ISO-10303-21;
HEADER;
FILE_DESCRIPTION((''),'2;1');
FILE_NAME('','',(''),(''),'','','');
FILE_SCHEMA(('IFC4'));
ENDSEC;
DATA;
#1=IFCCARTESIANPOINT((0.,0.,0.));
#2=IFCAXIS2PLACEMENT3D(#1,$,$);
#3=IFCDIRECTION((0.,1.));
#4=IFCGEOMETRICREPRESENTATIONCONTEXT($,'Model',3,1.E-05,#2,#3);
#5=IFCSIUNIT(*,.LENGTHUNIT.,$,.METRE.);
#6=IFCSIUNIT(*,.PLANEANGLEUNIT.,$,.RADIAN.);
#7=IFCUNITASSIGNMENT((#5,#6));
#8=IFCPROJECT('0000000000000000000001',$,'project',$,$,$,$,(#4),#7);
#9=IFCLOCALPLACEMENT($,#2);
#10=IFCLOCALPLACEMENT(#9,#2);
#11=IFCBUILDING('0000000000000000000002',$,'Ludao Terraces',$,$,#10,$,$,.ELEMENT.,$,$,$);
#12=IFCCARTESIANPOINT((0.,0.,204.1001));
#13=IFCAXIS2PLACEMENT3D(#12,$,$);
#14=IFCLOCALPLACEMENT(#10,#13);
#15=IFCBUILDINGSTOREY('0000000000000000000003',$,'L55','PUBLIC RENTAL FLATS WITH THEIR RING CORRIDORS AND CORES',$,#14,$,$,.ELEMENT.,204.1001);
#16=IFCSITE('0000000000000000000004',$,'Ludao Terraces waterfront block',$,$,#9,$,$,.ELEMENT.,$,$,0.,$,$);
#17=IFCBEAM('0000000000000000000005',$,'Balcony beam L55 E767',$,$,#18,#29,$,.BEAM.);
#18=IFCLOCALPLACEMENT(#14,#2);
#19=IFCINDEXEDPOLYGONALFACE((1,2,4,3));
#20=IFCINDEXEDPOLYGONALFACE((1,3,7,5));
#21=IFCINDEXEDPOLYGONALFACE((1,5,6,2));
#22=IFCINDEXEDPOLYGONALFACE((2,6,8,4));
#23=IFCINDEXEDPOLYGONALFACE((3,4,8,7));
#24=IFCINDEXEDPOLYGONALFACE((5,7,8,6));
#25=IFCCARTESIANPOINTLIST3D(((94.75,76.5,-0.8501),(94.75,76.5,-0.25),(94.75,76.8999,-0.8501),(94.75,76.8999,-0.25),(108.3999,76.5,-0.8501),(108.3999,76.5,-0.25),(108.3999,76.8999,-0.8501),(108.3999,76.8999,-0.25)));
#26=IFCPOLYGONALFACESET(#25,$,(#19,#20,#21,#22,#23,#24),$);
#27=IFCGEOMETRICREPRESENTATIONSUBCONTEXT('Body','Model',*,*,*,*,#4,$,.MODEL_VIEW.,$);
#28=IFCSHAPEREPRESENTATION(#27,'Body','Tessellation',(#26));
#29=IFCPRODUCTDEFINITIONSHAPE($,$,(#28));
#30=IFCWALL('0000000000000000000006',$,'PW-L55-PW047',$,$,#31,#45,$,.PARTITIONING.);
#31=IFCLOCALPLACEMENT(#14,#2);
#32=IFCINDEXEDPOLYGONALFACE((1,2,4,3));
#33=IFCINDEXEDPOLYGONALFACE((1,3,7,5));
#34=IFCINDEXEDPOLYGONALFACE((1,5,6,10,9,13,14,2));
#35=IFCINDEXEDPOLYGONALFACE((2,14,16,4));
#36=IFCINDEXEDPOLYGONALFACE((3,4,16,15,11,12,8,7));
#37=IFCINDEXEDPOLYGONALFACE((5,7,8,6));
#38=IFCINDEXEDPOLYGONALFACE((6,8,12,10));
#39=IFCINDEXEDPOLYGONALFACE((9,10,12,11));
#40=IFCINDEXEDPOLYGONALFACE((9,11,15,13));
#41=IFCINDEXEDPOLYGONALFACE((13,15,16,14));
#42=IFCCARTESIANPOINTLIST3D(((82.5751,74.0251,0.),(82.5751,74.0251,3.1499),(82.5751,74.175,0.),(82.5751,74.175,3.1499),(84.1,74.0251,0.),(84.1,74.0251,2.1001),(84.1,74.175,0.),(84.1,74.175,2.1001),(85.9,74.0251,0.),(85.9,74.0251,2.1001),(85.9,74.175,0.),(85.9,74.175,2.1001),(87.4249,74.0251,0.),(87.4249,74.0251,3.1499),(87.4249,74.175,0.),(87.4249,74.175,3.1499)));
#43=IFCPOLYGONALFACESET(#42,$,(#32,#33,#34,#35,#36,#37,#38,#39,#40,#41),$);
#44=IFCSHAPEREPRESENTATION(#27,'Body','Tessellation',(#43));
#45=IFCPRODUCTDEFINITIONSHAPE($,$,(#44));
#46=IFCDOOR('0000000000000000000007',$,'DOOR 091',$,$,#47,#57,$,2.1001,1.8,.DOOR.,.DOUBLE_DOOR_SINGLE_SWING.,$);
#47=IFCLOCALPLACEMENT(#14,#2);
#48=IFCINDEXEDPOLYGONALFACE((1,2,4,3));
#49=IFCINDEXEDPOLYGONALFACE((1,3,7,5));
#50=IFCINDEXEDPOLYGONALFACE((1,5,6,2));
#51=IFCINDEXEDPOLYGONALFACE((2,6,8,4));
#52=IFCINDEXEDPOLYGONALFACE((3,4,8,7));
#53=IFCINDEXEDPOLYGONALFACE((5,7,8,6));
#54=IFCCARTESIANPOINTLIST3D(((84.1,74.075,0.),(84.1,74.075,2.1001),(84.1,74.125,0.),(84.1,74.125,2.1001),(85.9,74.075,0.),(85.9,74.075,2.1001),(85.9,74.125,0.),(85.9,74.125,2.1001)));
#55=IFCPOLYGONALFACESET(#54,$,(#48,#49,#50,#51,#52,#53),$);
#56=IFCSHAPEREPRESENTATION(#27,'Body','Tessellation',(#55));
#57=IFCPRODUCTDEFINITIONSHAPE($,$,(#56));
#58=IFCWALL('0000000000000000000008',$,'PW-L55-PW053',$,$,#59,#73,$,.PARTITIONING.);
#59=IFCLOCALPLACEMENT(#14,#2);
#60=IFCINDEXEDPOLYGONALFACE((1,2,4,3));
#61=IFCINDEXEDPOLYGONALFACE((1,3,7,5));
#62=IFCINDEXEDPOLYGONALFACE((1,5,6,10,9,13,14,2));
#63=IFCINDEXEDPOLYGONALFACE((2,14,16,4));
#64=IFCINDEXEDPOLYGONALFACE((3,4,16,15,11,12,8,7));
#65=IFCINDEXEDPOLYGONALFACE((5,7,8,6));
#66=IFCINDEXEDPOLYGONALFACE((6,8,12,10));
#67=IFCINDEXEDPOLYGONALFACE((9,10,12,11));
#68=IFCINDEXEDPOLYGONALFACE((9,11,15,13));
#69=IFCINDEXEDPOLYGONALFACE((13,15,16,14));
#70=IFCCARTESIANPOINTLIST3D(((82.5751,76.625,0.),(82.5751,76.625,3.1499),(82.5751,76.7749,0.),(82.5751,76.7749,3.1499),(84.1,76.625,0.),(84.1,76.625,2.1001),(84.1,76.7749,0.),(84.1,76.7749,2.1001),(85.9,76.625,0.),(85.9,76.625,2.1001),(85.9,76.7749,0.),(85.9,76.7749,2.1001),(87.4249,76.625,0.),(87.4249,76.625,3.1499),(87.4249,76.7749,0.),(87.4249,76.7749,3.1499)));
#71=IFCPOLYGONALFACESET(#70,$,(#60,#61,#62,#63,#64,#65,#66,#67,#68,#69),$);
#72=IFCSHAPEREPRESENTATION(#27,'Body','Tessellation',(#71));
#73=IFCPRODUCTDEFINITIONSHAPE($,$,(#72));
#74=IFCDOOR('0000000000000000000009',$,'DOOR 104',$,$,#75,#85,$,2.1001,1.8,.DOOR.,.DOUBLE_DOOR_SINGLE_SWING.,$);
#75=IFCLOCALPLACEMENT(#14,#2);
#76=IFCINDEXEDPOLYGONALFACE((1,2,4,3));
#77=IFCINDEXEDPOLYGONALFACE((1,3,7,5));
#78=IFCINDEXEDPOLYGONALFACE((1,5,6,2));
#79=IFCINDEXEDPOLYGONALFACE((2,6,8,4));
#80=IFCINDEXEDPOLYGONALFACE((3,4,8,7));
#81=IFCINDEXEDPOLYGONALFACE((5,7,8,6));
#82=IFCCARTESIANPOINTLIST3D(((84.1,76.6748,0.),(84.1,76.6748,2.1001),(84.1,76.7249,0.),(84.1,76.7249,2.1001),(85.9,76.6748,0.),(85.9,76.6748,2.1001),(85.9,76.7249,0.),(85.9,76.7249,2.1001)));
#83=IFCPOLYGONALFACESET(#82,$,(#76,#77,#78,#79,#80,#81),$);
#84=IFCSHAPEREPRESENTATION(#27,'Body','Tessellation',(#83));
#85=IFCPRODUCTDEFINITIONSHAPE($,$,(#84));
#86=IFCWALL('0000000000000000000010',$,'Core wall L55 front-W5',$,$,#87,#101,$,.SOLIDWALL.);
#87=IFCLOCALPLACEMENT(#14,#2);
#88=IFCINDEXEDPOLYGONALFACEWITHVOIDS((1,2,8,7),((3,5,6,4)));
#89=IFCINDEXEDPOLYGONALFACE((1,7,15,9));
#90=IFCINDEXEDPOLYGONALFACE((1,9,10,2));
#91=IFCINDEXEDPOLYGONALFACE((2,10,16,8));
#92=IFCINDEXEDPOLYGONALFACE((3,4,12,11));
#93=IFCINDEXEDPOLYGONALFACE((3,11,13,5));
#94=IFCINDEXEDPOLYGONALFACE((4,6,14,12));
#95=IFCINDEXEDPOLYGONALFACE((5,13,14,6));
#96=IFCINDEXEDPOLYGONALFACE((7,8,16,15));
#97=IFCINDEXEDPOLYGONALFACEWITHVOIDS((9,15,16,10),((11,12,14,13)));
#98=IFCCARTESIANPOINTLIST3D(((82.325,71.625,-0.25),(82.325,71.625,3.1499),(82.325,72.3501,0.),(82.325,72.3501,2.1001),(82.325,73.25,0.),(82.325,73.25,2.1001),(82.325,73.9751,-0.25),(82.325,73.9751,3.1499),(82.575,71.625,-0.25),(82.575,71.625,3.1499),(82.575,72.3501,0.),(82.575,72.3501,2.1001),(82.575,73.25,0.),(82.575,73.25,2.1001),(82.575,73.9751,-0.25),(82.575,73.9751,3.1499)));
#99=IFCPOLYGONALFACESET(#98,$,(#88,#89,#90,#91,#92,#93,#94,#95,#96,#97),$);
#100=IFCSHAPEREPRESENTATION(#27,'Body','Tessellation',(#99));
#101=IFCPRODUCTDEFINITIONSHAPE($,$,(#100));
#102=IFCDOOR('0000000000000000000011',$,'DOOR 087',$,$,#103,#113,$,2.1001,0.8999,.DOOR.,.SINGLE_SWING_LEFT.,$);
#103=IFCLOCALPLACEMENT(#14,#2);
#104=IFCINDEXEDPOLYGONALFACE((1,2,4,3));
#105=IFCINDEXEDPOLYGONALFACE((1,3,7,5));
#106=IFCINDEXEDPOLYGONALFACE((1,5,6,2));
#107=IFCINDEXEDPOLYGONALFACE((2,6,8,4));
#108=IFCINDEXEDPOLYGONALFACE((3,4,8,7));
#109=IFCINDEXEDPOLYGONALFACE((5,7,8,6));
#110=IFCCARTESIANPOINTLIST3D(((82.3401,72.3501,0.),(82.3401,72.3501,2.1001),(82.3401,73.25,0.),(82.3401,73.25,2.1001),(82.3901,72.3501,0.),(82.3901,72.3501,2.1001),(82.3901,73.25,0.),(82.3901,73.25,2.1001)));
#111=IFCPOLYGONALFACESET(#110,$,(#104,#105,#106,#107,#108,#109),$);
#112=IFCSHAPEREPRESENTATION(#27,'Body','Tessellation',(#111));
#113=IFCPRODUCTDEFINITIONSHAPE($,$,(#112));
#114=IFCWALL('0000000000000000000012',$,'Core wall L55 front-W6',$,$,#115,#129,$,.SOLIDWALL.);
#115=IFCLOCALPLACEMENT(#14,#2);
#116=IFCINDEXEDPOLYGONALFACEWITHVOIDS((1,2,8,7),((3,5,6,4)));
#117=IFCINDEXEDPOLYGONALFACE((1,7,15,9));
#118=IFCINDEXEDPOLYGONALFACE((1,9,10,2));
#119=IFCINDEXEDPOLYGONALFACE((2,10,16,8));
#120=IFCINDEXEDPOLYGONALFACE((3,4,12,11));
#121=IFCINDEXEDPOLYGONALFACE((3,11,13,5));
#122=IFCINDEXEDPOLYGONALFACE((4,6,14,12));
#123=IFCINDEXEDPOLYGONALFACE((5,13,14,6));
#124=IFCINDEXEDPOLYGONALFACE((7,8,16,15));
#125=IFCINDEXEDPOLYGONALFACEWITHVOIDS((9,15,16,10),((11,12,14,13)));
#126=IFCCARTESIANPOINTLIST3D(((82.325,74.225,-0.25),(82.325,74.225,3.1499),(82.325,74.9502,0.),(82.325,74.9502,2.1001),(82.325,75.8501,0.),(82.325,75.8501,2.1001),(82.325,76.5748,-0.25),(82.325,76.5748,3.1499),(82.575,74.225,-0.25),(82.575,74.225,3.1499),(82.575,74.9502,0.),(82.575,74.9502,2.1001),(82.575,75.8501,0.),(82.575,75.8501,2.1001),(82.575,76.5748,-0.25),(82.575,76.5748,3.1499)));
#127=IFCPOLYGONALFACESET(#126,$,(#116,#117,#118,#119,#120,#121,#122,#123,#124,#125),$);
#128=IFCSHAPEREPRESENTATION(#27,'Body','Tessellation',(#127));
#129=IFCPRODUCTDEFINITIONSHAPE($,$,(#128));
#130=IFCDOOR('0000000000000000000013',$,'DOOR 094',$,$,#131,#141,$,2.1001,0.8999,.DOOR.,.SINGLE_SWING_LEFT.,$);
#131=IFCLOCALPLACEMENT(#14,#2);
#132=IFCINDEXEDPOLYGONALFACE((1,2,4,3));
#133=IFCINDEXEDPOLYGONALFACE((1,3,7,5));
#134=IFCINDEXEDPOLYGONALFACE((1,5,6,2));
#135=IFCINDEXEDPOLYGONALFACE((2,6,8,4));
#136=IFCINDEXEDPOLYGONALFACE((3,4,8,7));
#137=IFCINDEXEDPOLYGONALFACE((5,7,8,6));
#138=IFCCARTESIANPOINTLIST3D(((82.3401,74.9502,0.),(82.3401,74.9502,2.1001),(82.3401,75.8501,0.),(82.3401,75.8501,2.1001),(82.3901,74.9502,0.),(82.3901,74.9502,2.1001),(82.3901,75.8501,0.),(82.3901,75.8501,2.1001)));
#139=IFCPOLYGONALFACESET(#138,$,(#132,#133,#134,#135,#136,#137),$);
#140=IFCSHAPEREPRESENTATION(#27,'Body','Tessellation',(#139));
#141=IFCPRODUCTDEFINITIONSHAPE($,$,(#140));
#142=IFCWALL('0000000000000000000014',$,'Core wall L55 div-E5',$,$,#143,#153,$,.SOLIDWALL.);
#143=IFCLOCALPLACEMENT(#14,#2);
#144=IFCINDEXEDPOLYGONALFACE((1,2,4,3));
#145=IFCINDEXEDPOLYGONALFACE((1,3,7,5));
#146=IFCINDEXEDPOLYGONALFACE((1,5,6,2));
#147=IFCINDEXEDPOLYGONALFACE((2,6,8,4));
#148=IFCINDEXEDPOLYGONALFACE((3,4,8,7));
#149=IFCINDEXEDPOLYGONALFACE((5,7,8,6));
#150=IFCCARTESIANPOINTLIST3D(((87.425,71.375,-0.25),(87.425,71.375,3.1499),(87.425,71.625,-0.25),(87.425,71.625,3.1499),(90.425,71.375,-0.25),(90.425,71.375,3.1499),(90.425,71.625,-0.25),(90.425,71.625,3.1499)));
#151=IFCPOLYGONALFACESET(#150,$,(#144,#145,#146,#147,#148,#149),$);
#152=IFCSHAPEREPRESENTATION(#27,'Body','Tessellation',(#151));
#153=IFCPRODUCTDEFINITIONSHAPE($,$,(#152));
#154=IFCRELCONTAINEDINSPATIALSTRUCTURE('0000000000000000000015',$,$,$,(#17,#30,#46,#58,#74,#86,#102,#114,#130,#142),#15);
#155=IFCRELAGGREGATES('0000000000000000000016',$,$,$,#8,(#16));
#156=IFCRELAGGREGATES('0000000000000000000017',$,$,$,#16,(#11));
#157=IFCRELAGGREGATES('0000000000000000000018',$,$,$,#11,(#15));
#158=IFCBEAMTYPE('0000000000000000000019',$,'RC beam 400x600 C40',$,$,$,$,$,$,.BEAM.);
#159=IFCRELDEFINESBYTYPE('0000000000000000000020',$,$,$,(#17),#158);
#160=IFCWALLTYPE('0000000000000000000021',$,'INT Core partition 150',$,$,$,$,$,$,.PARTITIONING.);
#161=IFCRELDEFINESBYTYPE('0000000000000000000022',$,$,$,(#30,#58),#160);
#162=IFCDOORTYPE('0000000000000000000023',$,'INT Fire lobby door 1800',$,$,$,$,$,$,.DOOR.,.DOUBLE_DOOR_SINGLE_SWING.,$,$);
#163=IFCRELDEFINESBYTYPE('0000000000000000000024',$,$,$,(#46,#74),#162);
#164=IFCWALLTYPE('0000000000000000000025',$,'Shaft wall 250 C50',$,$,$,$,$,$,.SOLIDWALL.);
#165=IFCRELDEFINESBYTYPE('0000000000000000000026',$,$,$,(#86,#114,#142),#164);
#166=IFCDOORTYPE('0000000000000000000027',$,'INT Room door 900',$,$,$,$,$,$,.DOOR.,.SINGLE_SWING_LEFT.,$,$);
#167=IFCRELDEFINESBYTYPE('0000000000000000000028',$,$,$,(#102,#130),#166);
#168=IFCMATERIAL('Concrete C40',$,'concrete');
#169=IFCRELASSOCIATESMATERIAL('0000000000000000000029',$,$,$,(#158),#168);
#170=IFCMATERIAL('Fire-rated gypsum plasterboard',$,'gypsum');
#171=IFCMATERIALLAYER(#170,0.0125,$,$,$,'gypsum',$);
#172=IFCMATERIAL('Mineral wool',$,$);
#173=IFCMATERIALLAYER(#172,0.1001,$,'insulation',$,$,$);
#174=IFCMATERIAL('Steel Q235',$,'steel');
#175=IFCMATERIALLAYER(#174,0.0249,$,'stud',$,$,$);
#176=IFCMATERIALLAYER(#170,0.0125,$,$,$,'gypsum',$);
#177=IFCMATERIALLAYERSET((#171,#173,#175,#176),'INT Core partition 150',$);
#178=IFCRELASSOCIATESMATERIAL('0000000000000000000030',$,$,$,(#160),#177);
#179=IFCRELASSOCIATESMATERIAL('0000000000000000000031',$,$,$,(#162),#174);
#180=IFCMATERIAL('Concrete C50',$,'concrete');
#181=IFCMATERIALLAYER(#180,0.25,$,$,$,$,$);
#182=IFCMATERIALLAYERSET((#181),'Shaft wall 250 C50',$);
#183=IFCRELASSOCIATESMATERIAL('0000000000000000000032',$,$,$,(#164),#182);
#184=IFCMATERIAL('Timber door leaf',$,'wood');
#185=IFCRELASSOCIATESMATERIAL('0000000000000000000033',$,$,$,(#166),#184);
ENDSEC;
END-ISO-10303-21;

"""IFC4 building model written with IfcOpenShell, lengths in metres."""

from ifc_helpers import new_model, si_unit, direction, frame, frame_2d, origin, origin_2d, place, context, subcontext, project, spatial, rectangle, extrude, material, layer, layer_set, material_profile, profile_set, type_object, element, fill, save


model = new_model("IFC4")

# Units and contexts
model_context = context("Model", 3, precision=1e-05, world=origin(), true_north=direction((0.0, 1.0)))
body_context = subcontext(model_context, "Body", "Model", "MODEL_VIEW")
ifc_project = project(units=[si_unit("LENGTHUNIT", "METRE"), si_unit("PLANEANGLEUNIT", "RADIAN")], contexts=[model_context])

# Site, building, storey
site_placement = place(None, origin())
site = spatial("IfcSite", under=ifc_project, at=site_placement, Name="Ludao Terraces waterfront block", CompositionType="ELEMENT", RefElevation=0.0)
building_placement = place(site_placement, origin())
building = spatial("IfcBuilding", under=site, at=building_placement, Name="Ludao Terraces", CompositionType="ELEMENT")
storey_placement = place(building_placement, frame((0.0, 0.0, 204.1001)))
storey = spatial("IfcBuildingStorey", under=building, at=storey_placement, Name="L55", Description="PUBLIC RENTAL FLATS WITH THEIR RING CORRIDORS AND CORES", CompositionType="ELEMENT", Elevation=204.1001)

# Beam
ifc_material_1 = material(Name="Concrete C40", Category="concrete")
ifc_material_profile = material_profile(ifc_material_1, rectangle(XDim=0.3999, YDim=0.6001, at=origin_2d()), Name="400 X 600")
ifc_profile_set = profile_set([ifc_material_profile], Name="Concrete C40")
beam_type = type_object("IfcBeamType", Name="RC beam 400x600 C40", PredefinedType="BEAM", material=ifc_profile_set)
beam_placement = place(storey_placement, frame((94.75, 76.7, -0.55), z_axis=(1.0, 0.0, 0.0), x_axis=(0.0, 1.0, 0.0)))
element("IfcBeam", 1, at=beam_placement, inside=storey, type_object=beam_type, Name="Balcony beam L55 E767", PredefinedType="BEAM", context=body_context, shape_type="SweptSolid", body=[
    extrude(rectangle(XDim=0.3999, YDim=0.6001, at=origin_2d()), origin(), (0.0, 0.0, 1.0), 13.6499),
])

# Walls, openings, doors
ifc_material_2 = material(Name="Fire-rated gypsum plasterboard", Category="gypsum")
ifc_layer_1 = layer(ifc_material_2, 0.0125, Category="gypsum")
ifc_material_3 = material(Name="Mineral wool")
ifc_layer_2 = layer(ifc_material_3, 0.1001, Name="insulation")
ifc_material_4 = material(Name="Steel Q235", Category="steel")
ifc_layer_3 = layer(ifc_material_4, 0.0249, Name="stud")
ifc_layer_4 = layer(ifc_material_2, 0.0125, Category="gypsum")
ifc_layer_set_1 = layer_set([ifc_layer_1, ifc_layer_2, ifc_layer_3, ifc_layer_4], Name="INT Core partition 150")
wall_type_1 = type_object("IfcWallType", Name="INT Core partition 150", PredefinedType="PARTITIONING", material=ifc_layer_set_1)
wall_1_placement = place(storey_placement, frame((82.5752, 74.1001, 0.0), z_axis=(0.0, 0.0, 1.0), x_axis=(1.0, 0.0, 0.0)))
wall_1 = element("IfcWall", 2, at=wall_1_placement, inside=storey, type_object=wall_type_1, Name="PW-L55-PW047", PredefinedType="PARTITIONING", context=body_context, shape_type="SweptSolid", body=[
    extrude(rectangle(XDim=4.8499, YDim=0.1499, at=frame_2d((2.4248, 0.0))), origin(), (0.0, 0.0, 1.0), 3.1499),
])
opening_1_placement = place(wall_1_placement, frame((1.5249, 0.0, 0.0)))
opening_1 = element("IfcOpeningElement", 3, at=opening_1_placement, cuts=wall_1, PredefinedType="OPENING", context=body_context, shape_type="SweptSolid", body=[
    extrude(rectangle(XDim=1.8, YDim=2.1001, at=frame_2d((0.8999, 1.05))), frame((0.0, 0.085, 0.0), z_axis=(0.0, -1.0, 0.0), x_axis=(1.0, 0.0, 0.0)), (0.0, 0.0, 1.0), 0.1699),
])
door_type_1 = type_object("IfcDoorType", Name="INT Fire lobby door 1800", OperationType="DOUBLE_DOOR_SINGLE_SWING", PredefinedType="DOOR", material=ifc_material_4)
door_1_placement = place(opening_1_placement, origin())
door_1 = element("IfcDoor", 4, at=door_1_placement, inside=storey, type_object=door_type_1, Name="DOOR 091", OperationType="DOUBLE_DOOR_SINGLE_SWING", OverallHeight=2.1001, OverallWidth=1.8, PredefinedType="DOOR", context=body_context, shape_type="SweptSolid", body=[
    extrude(rectangle(XDim=1.8, YDim=2.1001, at=frame_2d((0.8999, 1.05))), frame((0.0, 0.0249, 0.0), z_axis=(0.0, -1.0, 0.0), x_axis=(1.0, 0.0, 0.0)), (0.0, 0.0, 1.0), 0.05),
])
fill(opening_1, door_1)
wall_2_placement = place(storey_placement, frame((82.5752, 76.7, 0.0), z_axis=(0.0, 0.0, 1.0), x_axis=(1.0, 0.0, 0.0)))
wall_2 = element("IfcWall", 5, at=wall_2_placement, inside=storey, type_object=wall_type_1, Name="PW-L55-PW053", PredefinedType="PARTITIONING", context=body_context, shape_type="SweptSolid", body=[
    extrude(rectangle(XDim=4.8499, YDim=0.1499, at=frame_2d((2.4248, 0.0))), origin(), (0.0, 0.0, 1.0), 3.1499),
])
opening_2_placement = place(wall_2_placement, frame((1.5249, 0.0, 0.0)))
opening_2 = element("IfcOpeningElement", 6, at=opening_2_placement, cuts=wall_2, PredefinedType="OPENING", context=body_context, shape_type="SweptSolid", body=[
    extrude(rectangle(XDim=1.8, YDim=2.1001, at=frame_2d((0.8999, 1.05))), frame((0.0, 0.085, 0.0), z_axis=(0.0, -1.0, 0.0), x_axis=(1.0, 0.0, 0.0)), (0.0, 0.0, 1.0), 0.1699),
])
door_2_placement = place(opening_2_placement, origin())
door_2 = element("IfcDoor", 7, at=door_2_placement, inside=storey, type_object=door_type_1, Name="DOOR 104", OperationType="DOUBLE_DOOR_SINGLE_SWING", OverallHeight=2.1001, OverallWidth=1.8, PredefinedType="DOOR", context=body_context, shape_type="SweptSolid", body=[
    extrude(rectangle(XDim=1.8, YDim=2.1001, at=frame_2d((0.8999, 1.05))), frame((0.0, 0.0249, 0.0), z_axis=(0.0, -1.0, 0.0), x_axis=(1.0, 0.0, 0.0)), (0.0, 0.0, 1.0), 0.05),
])
fill(opening_2, door_2)
ifc_material_5 = material(Name="Concrete C50", Category="concrete")
ifc_layer_5 = layer(ifc_material_5, 0.25)
ifc_layer_set_2 = layer_set([ifc_layer_5], Name="Shaft wall 250 C50")
wall_type_2 = type_object("IfcWallType", Name="Shaft wall 250 C50", PredefinedType="SOLIDWALL", material=ifc_layer_set_2)
wall_3_placement = place(storey_placement, frame((82.45, 71.625, -0.25), z_axis=(0.0, 0.0, 1.0), x_axis=(0.0, 1.0, 0.0)))
wall_3 = element("IfcWall", 8, at=wall_3_placement, inside=storey, type_object=wall_type_2, Name="Core wall L55 front-W5", PredefinedType="SOLIDWALL", context=body_context, shape_type="SweptSolid", body=[
    extrude(rectangle(XDim=2.3501, YDim=0.25, at=frame_2d((1.175, 0.0))), origin(), (0.0, 0.0, 1.0), 3.3999),
])
opening_3_placement = place(wall_3_placement, frame((0.7251, 0.0, 0.25)))
opening_3 = element("IfcOpeningElement", 9, at=opening_3_placement, cuts=wall_3, PredefinedType="OPENING", context=body_context, shape_type="SweptSolid", body=[
    extrude(rectangle(XDim=0.8999, YDim=2.1001, at=frame_2d((0.45, 1.05))), frame((0.0, 0.135, 0.0), z_axis=(0.0, -1.0, 0.0), x_axis=(1.0, 0.0, 0.0)), (0.0, 0.0, 1.0), 0.27),
])
ifc_material_6 = material(Name="Timber door leaf", Category="wood")
door_type_2 = type_object("IfcDoorType", Name="INT Room door 900", OperationType="SINGLE_SWING_LEFT", PredefinedType="DOOR", material=ifc_material_6)
door_3_placement = place(opening_3_placement, origin())
door_3 = element("IfcDoor", 10, at=door_3_placement, inside=storey, type_object=door_type_2, Name="DOOR 087", OperationType="SINGLE_SWING_LEFT", OverallHeight=2.1001, OverallWidth=0.8999, PredefinedType="DOOR", context=body_context, shape_type="SweptSolid", body=[
    extrude(rectangle(XDim=0.8999, YDim=2.1001, at=frame_2d((0.45, 1.05))), frame((0.0, 0.1099, 0.0), z_axis=(0.0, -1.0, 0.0), x_axis=(1.0, 0.0, 0.0)), (0.0, 0.0, 1.0), 0.05),
])
fill(opening_3, door_3)
wall_4_placement = place(storey_placement, frame((82.45, 74.2251, -0.25), z_axis=(0.0, 0.0, 1.0), x_axis=(0.0, 1.0, 0.0)))
wall_4 = element("IfcWall", 11, at=wall_4_placement, inside=storey, type_object=wall_type_2, Name="Core wall L55 front-W6", PredefinedType="SOLIDWALL", context=body_context, shape_type="SweptSolid", body=[
    extrude(rectangle(XDim=2.3499, YDim=0.25, at=frame_2d((1.1748, 0.0))), origin(), (0.0, 0.0, 1.0), 3.3999),
])
opening_4_placement = place(wall_4_placement, frame((0.7251, 0.0, 0.25)))
opening_4 = element("IfcOpeningElement", 12, at=opening_4_placement, cuts=wall_4, PredefinedType="OPENING", context=body_context, shape_type="SweptSolid", body=[
    extrude(rectangle(XDim=0.8999, YDim=2.1001, at=frame_2d((0.45, 1.05))), frame((0.0, 0.135, 0.0), z_axis=(0.0, -1.0, 0.0), x_axis=(1.0, 0.0, 0.0)), (0.0, 0.0, 1.0), 0.27),
])
door_4_placement = place(opening_4_placement, origin())
door_4 = element("IfcDoor", 13, at=door_4_placement, inside=storey, type_object=door_type_2, Name="DOOR 094", OperationType="SINGLE_SWING_LEFT", OverallHeight=2.1001, OverallWidth=0.8999, PredefinedType="DOOR", context=body_context, shape_type="SweptSolid", body=[
    extrude(rectangle(XDim=0.8999, YDim=2.1001, at=frame_2d((0.45, 1.05))), frame((0.0, 0.1099, 0.0), z_axis=(0.0, -1.0, 0.0), x_axis=(1.0, 0.0, 0.0)), (0.0, 0.0, 1.0), 0.05),
])
fill(opening_4, door_4)

# Wall
wall_5_placement = place(storey_placement, frame((87.425, 71.5, -0.25), z_axis=(0.0, 0.0, 1.0), x_axis=(1.0, 0.0, 0.0)))
element("IfcWall", 14, at=wall_5_placement, inside=storey, type_object=wall_type_2, Name="Core wall L55 div-E5", PredefinedType="SOLIDWALL", context=body_context, shape_type="SweptSolid", body=[
    extrude(rectangle(XDim=3.0, YDim=0.25, at=frame_2d((1.5, 0.0))), origin(), (0.0, 0.0, 1.0), 3.3999),
])

save(model, "model.ifc")
